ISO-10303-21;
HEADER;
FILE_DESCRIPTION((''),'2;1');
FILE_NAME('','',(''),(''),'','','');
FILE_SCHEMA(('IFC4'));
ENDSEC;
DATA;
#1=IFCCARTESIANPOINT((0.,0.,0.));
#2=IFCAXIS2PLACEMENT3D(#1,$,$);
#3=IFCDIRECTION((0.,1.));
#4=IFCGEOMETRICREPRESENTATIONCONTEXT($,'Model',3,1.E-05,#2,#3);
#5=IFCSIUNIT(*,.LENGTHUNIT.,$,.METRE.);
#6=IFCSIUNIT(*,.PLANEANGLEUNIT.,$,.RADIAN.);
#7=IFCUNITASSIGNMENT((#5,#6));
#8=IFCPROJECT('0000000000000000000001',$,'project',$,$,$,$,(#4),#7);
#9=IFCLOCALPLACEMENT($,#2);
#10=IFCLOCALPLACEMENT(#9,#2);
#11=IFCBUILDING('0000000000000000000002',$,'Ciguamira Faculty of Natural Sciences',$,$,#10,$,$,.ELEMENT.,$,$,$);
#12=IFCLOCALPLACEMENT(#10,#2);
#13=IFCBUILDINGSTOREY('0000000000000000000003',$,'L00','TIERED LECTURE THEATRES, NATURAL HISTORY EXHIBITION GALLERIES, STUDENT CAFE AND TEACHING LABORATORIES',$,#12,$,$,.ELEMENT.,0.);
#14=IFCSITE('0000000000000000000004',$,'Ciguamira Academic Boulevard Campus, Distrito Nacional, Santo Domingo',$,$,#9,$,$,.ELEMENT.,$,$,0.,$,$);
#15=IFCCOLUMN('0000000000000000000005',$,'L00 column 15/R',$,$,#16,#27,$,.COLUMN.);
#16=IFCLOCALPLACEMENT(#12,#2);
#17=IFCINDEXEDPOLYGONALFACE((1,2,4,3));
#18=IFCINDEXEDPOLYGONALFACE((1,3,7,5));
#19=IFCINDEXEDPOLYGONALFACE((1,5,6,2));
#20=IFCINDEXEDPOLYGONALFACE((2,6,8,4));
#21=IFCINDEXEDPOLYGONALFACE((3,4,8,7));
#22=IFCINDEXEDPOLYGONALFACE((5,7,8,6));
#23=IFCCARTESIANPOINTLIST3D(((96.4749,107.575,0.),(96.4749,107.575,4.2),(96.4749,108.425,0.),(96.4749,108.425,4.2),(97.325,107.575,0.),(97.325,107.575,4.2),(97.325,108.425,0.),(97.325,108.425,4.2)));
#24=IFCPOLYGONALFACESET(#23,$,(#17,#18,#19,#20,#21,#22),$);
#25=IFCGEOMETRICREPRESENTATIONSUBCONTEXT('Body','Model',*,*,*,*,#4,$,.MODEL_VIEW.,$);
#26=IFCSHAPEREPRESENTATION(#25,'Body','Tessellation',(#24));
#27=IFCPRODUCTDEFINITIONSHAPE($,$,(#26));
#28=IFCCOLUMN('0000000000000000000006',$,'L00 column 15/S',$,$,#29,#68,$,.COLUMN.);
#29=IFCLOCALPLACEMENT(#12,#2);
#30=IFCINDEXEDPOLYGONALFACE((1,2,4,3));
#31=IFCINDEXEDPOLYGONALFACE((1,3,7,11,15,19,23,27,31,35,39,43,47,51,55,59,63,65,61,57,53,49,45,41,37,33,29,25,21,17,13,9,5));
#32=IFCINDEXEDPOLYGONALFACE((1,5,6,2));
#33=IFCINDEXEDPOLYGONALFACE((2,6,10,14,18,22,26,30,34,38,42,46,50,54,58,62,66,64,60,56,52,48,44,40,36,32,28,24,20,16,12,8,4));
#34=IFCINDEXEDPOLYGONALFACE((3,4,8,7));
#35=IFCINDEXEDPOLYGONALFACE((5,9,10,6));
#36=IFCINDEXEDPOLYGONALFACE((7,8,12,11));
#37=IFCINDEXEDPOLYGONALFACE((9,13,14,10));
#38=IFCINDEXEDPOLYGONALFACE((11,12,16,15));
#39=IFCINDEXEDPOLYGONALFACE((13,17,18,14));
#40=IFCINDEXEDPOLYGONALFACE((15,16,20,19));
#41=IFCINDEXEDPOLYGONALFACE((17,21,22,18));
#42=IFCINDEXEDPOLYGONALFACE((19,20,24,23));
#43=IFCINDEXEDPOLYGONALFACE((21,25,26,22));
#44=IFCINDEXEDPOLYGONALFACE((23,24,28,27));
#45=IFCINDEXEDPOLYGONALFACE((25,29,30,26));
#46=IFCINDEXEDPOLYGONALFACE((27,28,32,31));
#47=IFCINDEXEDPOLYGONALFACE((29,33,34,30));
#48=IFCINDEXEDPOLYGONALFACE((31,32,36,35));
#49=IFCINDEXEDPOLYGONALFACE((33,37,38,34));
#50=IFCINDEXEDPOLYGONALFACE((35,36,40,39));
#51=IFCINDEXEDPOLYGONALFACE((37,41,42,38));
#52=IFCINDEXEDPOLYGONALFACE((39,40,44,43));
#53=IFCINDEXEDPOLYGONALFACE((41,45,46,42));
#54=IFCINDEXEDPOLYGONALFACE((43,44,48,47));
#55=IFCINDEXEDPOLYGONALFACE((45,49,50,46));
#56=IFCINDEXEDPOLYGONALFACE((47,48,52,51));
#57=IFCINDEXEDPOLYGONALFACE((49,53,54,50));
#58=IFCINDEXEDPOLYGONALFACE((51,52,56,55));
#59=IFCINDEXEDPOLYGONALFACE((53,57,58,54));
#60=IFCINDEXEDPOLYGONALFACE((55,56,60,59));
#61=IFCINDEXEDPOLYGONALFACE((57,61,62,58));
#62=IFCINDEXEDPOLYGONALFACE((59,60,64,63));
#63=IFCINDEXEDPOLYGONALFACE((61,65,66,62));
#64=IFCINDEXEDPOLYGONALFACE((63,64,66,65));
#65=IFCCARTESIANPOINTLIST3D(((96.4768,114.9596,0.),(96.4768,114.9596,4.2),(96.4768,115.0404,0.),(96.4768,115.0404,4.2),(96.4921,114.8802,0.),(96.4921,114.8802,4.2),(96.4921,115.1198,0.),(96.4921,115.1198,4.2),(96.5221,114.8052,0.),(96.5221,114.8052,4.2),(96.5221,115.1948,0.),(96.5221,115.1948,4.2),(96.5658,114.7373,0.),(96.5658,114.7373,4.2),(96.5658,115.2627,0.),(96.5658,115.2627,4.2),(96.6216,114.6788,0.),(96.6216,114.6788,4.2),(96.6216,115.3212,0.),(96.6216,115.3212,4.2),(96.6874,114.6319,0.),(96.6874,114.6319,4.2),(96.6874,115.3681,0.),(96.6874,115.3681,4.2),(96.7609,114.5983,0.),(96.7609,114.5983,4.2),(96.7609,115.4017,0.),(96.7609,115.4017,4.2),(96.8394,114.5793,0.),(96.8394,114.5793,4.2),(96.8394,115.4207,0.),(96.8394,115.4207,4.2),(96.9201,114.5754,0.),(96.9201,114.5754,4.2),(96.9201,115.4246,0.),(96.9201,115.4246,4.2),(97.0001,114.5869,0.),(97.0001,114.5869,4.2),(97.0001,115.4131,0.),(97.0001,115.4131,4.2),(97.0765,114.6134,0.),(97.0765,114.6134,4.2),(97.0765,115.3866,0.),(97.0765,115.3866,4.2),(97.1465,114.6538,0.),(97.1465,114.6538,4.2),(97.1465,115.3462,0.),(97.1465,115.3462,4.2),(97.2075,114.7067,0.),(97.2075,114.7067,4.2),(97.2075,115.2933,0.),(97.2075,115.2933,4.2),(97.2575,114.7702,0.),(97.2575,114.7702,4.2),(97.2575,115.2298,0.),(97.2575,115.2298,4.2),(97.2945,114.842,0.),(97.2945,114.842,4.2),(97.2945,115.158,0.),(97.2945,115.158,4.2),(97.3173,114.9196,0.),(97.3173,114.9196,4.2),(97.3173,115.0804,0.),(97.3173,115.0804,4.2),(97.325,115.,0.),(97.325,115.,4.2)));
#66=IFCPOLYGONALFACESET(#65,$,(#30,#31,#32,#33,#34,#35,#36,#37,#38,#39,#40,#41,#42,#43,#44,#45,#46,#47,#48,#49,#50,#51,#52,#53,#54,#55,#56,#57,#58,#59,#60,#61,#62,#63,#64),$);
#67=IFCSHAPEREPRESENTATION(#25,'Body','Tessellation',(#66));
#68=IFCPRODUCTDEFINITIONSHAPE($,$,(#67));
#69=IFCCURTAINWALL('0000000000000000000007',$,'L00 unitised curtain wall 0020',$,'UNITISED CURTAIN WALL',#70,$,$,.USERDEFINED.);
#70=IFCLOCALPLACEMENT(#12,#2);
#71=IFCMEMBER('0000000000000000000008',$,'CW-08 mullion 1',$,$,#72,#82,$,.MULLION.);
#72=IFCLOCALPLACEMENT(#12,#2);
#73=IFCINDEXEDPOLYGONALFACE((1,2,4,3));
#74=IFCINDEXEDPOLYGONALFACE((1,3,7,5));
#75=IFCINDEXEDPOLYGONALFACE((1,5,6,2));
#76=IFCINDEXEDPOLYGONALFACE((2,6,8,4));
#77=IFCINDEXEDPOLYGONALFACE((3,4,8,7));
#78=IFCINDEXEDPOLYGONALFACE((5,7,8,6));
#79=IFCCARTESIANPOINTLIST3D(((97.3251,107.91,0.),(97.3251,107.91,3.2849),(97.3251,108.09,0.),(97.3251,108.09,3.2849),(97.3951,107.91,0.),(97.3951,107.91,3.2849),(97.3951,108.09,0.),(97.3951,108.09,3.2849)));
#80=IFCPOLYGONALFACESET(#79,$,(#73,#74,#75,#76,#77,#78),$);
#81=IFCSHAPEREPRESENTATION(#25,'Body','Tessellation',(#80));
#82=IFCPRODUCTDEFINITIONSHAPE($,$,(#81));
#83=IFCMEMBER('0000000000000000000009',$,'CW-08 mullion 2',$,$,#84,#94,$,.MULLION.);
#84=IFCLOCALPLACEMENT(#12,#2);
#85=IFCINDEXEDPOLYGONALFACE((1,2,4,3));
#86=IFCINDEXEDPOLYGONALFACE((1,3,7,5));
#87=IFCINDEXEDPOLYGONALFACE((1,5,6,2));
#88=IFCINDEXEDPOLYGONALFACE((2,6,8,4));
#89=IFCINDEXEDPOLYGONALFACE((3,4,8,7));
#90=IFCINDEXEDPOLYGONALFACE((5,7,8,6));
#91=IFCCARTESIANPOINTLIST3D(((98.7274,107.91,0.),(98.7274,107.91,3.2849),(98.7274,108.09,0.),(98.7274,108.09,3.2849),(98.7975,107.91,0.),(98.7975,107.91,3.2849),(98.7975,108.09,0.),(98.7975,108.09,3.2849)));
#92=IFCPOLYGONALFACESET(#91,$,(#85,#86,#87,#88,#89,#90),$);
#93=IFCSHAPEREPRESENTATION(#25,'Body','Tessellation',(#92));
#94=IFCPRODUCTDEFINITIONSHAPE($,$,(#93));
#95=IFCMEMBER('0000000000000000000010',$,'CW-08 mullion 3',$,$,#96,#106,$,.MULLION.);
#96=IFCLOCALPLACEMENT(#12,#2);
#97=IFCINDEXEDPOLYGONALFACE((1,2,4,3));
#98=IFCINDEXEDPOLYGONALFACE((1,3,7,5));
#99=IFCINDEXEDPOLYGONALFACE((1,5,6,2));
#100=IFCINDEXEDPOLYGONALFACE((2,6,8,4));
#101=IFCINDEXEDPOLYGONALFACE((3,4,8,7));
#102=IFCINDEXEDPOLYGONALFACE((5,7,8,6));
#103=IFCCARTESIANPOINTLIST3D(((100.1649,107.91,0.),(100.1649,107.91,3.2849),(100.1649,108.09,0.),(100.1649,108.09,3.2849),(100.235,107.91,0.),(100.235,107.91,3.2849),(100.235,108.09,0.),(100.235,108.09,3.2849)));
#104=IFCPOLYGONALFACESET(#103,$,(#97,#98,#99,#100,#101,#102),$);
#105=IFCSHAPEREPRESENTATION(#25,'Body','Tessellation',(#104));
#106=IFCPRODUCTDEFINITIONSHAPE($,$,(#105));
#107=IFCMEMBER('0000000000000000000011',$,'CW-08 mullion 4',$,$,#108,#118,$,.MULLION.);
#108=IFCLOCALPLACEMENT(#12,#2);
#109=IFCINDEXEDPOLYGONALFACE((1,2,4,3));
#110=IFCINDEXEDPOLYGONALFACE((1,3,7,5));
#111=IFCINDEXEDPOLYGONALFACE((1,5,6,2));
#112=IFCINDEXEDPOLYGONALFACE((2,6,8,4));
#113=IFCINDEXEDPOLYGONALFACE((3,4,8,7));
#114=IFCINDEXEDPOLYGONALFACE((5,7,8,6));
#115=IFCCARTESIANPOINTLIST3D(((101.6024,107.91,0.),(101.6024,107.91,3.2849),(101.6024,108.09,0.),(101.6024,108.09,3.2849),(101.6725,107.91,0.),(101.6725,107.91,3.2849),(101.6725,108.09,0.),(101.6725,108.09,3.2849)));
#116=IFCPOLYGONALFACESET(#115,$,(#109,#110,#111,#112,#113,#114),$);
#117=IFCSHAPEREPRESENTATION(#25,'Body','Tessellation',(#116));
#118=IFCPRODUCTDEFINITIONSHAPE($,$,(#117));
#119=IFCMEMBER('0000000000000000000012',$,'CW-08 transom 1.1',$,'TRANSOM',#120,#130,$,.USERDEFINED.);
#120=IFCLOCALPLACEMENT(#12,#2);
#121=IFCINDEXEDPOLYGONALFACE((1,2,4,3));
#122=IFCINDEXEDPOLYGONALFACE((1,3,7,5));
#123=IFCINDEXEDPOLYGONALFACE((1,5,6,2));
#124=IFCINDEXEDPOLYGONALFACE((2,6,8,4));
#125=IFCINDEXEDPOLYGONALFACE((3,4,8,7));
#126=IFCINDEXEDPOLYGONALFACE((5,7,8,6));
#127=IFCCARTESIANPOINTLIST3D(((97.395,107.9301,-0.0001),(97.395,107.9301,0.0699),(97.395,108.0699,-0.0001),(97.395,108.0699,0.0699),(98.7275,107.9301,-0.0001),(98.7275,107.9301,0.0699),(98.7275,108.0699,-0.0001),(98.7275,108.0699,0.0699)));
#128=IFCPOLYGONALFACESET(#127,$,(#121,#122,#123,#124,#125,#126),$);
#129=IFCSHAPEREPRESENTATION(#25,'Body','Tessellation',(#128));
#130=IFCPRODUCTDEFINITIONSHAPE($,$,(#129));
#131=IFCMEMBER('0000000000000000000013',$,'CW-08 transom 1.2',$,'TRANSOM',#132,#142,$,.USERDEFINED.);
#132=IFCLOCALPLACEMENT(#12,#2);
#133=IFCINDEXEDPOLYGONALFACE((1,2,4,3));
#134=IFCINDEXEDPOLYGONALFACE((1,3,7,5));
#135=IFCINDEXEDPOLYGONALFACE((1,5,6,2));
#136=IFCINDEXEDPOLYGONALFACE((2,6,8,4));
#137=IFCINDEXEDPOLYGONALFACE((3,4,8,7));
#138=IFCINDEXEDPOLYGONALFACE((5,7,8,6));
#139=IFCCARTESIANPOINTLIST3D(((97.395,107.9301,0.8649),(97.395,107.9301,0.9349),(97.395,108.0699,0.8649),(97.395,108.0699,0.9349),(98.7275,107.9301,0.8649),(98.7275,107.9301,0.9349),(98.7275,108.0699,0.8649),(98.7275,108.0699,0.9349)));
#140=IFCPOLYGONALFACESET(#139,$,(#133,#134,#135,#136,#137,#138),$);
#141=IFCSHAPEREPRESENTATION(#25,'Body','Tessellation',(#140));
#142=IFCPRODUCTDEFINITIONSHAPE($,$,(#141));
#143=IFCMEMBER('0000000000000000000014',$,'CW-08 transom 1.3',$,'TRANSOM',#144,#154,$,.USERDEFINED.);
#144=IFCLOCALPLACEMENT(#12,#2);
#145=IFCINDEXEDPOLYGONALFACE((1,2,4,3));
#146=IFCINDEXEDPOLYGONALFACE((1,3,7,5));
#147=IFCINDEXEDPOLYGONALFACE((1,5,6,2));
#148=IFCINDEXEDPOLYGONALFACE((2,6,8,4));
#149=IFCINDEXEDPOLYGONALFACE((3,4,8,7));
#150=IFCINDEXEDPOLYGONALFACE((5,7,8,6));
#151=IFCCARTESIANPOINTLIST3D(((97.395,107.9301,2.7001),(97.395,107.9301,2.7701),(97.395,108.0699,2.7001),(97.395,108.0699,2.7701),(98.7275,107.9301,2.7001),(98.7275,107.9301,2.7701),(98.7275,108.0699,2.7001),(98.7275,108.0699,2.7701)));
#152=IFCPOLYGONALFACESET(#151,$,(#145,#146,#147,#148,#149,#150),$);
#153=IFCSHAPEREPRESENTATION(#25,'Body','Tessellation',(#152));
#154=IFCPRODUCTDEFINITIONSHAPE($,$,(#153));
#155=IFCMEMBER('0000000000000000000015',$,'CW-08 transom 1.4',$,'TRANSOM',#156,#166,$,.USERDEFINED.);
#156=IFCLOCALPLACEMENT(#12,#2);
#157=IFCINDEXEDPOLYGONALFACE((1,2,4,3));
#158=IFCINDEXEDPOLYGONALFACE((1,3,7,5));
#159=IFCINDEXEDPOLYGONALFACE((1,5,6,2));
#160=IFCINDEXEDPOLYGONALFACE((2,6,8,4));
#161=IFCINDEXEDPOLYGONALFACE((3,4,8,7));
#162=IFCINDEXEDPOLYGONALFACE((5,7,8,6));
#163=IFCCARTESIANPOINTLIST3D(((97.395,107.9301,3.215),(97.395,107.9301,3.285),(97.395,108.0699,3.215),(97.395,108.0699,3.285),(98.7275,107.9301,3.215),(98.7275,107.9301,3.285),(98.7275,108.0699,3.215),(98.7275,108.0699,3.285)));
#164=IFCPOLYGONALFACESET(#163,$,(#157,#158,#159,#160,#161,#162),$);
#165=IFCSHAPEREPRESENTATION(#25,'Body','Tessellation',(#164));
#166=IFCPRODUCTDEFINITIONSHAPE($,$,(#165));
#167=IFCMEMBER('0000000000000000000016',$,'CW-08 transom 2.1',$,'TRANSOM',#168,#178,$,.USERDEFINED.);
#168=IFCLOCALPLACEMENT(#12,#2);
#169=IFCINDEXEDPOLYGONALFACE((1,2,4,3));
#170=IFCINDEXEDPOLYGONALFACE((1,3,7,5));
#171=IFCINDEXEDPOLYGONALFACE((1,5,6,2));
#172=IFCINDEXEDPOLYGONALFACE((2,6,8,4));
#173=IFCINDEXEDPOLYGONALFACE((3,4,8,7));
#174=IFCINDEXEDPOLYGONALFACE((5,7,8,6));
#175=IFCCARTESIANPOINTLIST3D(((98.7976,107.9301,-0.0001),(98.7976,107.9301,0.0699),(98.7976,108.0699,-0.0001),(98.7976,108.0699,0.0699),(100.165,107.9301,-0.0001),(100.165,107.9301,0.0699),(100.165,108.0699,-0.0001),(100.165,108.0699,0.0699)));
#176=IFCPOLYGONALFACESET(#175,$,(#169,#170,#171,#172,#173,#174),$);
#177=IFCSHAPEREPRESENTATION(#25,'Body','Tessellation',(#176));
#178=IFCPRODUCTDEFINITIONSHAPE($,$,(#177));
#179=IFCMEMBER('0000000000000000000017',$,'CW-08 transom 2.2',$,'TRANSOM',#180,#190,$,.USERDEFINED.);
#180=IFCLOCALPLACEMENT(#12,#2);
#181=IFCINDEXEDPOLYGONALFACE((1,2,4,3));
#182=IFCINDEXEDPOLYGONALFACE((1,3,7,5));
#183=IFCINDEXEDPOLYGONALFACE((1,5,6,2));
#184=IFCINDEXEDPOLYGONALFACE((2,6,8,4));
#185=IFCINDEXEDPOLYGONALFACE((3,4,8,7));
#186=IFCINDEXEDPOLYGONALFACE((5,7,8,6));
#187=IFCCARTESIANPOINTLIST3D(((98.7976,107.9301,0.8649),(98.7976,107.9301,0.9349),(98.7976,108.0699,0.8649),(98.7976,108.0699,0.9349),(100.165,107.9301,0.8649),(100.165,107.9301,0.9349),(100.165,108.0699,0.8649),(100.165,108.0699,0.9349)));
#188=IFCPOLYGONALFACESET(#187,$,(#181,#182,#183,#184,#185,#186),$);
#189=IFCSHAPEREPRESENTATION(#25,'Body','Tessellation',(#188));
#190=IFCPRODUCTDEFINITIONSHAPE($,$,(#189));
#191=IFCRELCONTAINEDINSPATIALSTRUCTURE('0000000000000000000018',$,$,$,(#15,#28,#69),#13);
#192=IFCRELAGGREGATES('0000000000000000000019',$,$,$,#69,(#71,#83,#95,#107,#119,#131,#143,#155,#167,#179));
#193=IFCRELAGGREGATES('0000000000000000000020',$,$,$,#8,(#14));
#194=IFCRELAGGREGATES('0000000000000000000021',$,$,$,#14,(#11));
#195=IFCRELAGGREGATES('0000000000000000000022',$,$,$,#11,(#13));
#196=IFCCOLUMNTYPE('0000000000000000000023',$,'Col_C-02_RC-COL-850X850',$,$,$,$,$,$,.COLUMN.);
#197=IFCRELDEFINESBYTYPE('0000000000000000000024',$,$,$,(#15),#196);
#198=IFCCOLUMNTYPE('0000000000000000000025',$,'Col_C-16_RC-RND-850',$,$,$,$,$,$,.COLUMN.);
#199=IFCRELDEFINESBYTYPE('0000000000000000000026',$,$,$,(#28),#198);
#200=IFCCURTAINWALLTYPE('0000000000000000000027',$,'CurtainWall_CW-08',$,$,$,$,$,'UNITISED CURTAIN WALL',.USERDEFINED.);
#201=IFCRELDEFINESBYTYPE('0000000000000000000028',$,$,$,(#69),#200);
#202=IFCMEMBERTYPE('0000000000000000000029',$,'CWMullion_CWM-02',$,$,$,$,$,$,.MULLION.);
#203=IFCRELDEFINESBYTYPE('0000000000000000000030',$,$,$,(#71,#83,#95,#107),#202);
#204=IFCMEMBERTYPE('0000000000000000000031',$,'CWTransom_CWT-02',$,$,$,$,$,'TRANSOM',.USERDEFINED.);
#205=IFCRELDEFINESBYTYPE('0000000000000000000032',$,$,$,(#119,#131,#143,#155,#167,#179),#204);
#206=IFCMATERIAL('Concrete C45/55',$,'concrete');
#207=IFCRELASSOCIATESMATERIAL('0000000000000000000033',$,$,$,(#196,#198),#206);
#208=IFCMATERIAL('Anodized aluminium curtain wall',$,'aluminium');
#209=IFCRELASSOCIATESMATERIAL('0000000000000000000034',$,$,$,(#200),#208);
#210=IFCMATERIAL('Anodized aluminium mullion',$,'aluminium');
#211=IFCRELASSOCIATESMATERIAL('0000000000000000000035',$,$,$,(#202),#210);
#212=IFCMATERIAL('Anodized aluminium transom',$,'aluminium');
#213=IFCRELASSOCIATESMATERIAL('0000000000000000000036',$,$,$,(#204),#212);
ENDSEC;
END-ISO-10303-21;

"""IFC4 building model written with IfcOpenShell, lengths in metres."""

from ifc_helpers import new_model, si_unit, direction, frame, origin, origin_2d, place, context, subcontext, project, spatial, rectangle, circle, extrude, material, material_profile, profile_set, type_object, element, aggregate, save


model = new_model("IFC4")

# Units and contexts
model_context = context("Model", 3, precision=1e-05, world=origin(), true_north=direction((0.0, 1.0)))
body_context = subcontext(model_context, "Body", "Model", "MODEL_VIEW")
ifc_project = project(units=[si_unit("LENGTHUNIT", "METRE"), si_unit("PLANEANGLEUNIT", "RADIAN")], contexts=[model_context])

# Site, building, storey
site_placement = place(None, origin())
site = spatial("IfcSite", under=ifc_project, at=site_placement, Name="Ciguamira Academic Boulevard Campus, Distrito Nacional, Santo Domingo", CompositionType="ELEMENT", RefElevation=0.0)
building_placement = place(site_placement, origin())
building = spatial("IfcBuilding", under=site, at=building_placement, Name="Ciguamira Faculty of Natural Sciences", CompositionType="ELEMENT")
storey_placement = place(building_placement, origin())
storey = spatial("IfcBuildingStorey", under=building, at=storey_placement, Name="L00", Description="TIERED LECTURE THEATRES, NATURAL HISTORY EXHIBITION GALLERIES, STUDENT CAFE AND TEACHING LABORATORIES", CompositionType="ELEMENT", Elevation=0.0)

# Columns
ifc_material_1 = material(Name="Concrete C45/55", Category="concrete")
ifc_material_profile_1 = material_profile(ifc_material_1, rectangle(XDim=0.8501, YDim=0.8501, at=origin_2d()), Name="RC-COL-850X850")
ifc_profile_set_1 = profile_set([ifc_material_profile_1], Name="Concrete C45/55")
column_type_1 = type_object("IfcColumnType", Name="Col_C-02_RC-COL-850X850", PredefinedType="COLUMN", material=ifc_profile_set_1)
column_1_placement = place(storey_placement, frame((96.8999, 108.0, 0.0), z_axis=(0.0, 0.0, 1.0), x_axis=(1.0, 0.0, 0.0)))
element("IfcColumn", 1, at=column_1_placement, inside=storey, type_object=column_type_1, Name="L00 column 15/R", PredefinedType="COLUMN", context=body_context, shape_type="SweptSolid", body=[
    extrude(rectangle(XDim=0.8501, YDim=0.8501, at=origin_2d()), origin(), (0.0, 0.0, 1.0), 4.2),
])
ifc_material_profile_2 = material_profile(ifc_material_1, circle(Radius=0.425, at=origin_2d()), Name="RC-RND-850")
ifc_profile_set_2 = profile_set([ifc_material_profile_2], Name="Concrete C45/55")
column_type_2 = type_object("IfcColumnType", Name="Col_C-16_RC-RND-850", PredefinedType="COLUMN", material=ifc_profile_set_2)
column_2_placement = place(storey_placement, frame((96.8999, 115.0, 0.0), z_axis=(0.0, 0.0, 1.0), x_axis=(1.0, 0.0, 0.0)))
element("IfcColumn", 2, at=column_2_placement, inside=storey, type_object=column_type_2, Name="L00 column 15/S", PredefinedType="COLUMN", context=body_context, shape_type="SweptSolid", body=[
    extrude(circle(Radius=0.425, at=origin_2d()), origin(), (0.0, 0.0, 1.0), 4.2),
])

# Curtain wall, members
ifc_material_2 = material(Name="Anodized aluminium curtain wall", Category="aluminium")
curtain_wall_type = type_object("IfcCurtainWallType", Name="CurtainWall_CW-08", ElementType="UNITISED CURTAIN WALL", PredefinedType="USERDEFINED", material=ifc_material_2)
curtain_wall_placement = place(storey_placement, origin())
curtain_wall = element("IfcCurtainWall", 3, at=curtain_wall_placement, inside=storey, type_object=curtain_wall_type, Name="L00 unitised curtain wall 0020", ObjectType="UNITISED CURTAIN WALL", PredefinedType="USERDEFINED")
ifc_material_3 = material(Name="Anodized aluminium mullion", Category="aluminium")
ifc_material_profile_3 = material_profile(ifc_material_3, rectangle(XDim=0.0701, YDim=0.1799, at=origin_2d()), Name="ALU-MUL-70X180")
ifc_profile_set_3 = profile_set([ifc_material_profile_3], Name="Anodized aluminium mullion")
member_type_1 = type_object("IfcMemberType", Name="CWMullion_CWM-02", PredefinedType="MULLION", material=ifc_profile_set_3)
member_1_placement = place(storey_placement, frame((97.3601, 108.0, 0.0), z_axis=(0.0, 0.0, 1.0), x_axis=(1.0, 0.0, 0.0)))
member_1 = element("IfcMember", 4, at=member_1_placement, type_object=member_type_1, Name="CW-08 mullion 1", PredefinedType="MULLION", context=body_context, shape_type="SweptSolid", body=[
    extrude(rectangle(XDim=0.0701, YDim=0.1799, at=origin_2d()), origin(), (0.0, 0.0, 1.0), 3.2849),
])
member_2_placement = place(storey_placement, frame((98.7625, 108.0, 0.0), z_axis=(0.0, 0.0, 1.0), x_axis=(1.0, 0.0, 0.0)))
member_2 = element("IfcMember", 5, at=member_2_placement, type_object=member_type_1, Name="CW-08 mullion 2", PredefinedType="MULLION", context=body_context, shape_type="SweptSolid", body=[
    extrude(rectangle(XDim=0.0701, YDim=0.1799, at=origin_2d()), origin(), (0.0, 0.0, 1.0), 3.2849),
])
member_3_placement = place(storey_placement, frame((100.2, 108.0, 0.0), z_axis=(0.0, 0.0, 1.0), x_axis=(1.0, 0.0, 0.0)))
member_3 = element("IfcMember", 6, at=member_3_placement, type_object=member_type_1, Name="CW-08 mullion 3", PredefinedType="MULLION", context=body_context, shape_type="SweptSolid", body=[
    extrude(rectangle(XDim=0.0701, YDim=0.1799, at=origin_2d()), origin(), (0.0, 0.0, 1.0), 3.2849),
])
member_4_placement = place(storey_placement, frame((101.6375, 108.0, 0.0), z_axis=(0.0, 0.0, 1.0), x_axis=(1.0, 0.0, 0.0)))
member_4 = element("IfcMember", 7, at=member_4_placement, type_object=member_type_1, Name="CW-08 mullion 4", PredefinedType="MULLION", context=body_context, shape_type="SweptSolid", body=[
    extrude(rectangle(XDim=0.0701, YDim=0.1799, at=origin_2d()), origin(), (0.0, 0.0, 1.0), 3.2849),
])
ifc_material_4 = material(Name="Anodized aluminium transom", Category="aluminium")
ifc_material_profile_4 = material_profile(ifc_material_4, rectangle(XDim=0.0701, YDim=0.1399, at=origin_2d()), Name="ALU-TRN-70X140")
ifc_profile_set_4 = profile_set([ifc_material_profile_4], Name="Anodized aluminium transom")
member_type_2 = type_object("IfcMemberType", Name="CWTransom_CWT-02", ElementType="TRANSOM", PredefinedType="USERDEFINED", material=ifc_profile_set_4)
member_5_placement = place(storey_placement, frame((97.395, 108.0, 0.0349), z_axis=(1.0, 0.0, 0.0), x_axis=(0.0, 0.0, 1.0)))
member_5 = element("IfcMember", 8, at=member_5_placement, type_object=member_type_2, Name="CW-08 transom 1.1", ObjectType="TRANSOM", PredefinedType="USERDEFINED", context=body_context, shape_type="SweptSolid", body=[
    extrude(rectangle(XDim=0.0701, YDim=0.1399, at=origin_2d()), origin(), (0.0, 0.0, 1.0), 1.3325),
])
member_6_placement = place(storey_placement, frame((97.395, 108.0, 0.8999), z_axis=(1.0, 0.0, 0.0), x_axis=(0.0, 0.0, 1.0)))
member_6 = element("IfcMember", 9, at=member_6_placement, type_object=member_type_2, Name="CW-08 transom 1.2", ObjectType="TRANSOM", PredefinedType="USERDEFINED", context=body_context, shape_type="SweptSolid", body=[
    extrude(rectangle(XDim=0.0701, YDim=0.1399, at=origin_2d()), origin(), (0.0, 0.0, 1.0), 1.3325),
])
member_7_placement = place(storey_placement, frame((97.395, 108.0, 2.7351), z_axis=(1.0, 0.0, 0.0), x_axis=(0.0, 0.0, 1.0)))
member_7 = element("IfcMember", 10, at=member_7_placement, type_object=member_type_2, Name="CW-08 transom 1.3", ObjectType="TRANSOM", PredefinedType="USERDEFINED", context=body_context, shape_type="SweptSolid", body=[
    extrude(rectangle(XDim=0.0701, YDim=0.1399, at=origin_2d()), origin(), (0.0, 0.0, 1.0), 1.3325),
])
member_8_placement = place(storey_placement, frame((97.395, 108.0, 3.25), z_axis=(1.0, 0.0, 0.0), x_axis=(0.0, 0.0, 1.0)))
member_8 = element("IfcMember", 11, at=member_8_placement, type_object=member_type_2, Name="CW-08 transom 1.4", ObjectType="TRANSOM", PredefinedType="USERDEFINED", context=body_context, shape_type="SweptSolid", body=[
    extrude(rectangle(XDim=0.0701, YDim=0.1399, at=origin_2d()), origin(), (0.0, 0.0, 1.0), 1.3325),
])
member_9_placement = place(storey_placement, frame((98.7976, 108.0, 0.0349), z_axis=(1.0, 0.0, 0.0), x_axis=(0.0, 0.0, 1.0)))
member_9 = element("IfcMember", 12, at=member_9_placement, type_object=member_type_2, Name="CW-08 transom 2.1", ObjectType="TRANSOM", PredefinedType="USERDEFINED", context=body_context, shape_type="SweptSolid", body=[
    extrude(rectangle(XDim=0.0701, YDim=0.1399, at=origin_2d()), origin(), (0.0, 0.0, 1.0), 1.3674),
])
member_10_placement = place(storey_placement, frame((98.7976, 108.0, 0.8999), z_axis=(1.0, 0.0, 0.0), x_axis=(0.0, 0.0, 1.0)))
member_10 = element("IfcMember", 13, at=member_10_placement, type_object=member_type_2, Name="CW-08 transom 2.2", ObjectType="TRANSOM", PredefinedType="USERDEFINED", context=body_context, shape_type="SweptSolid", body=[
    extrude(rectangle(XDim=0.0701, YDim=0.1399, at=origin_2d()), origin(), (0.0, 0.0, 1.0), 1.3674),
])

aggregate(curtain_wall, [member_1, member_2, member_3, member_4, member_5, member_6, member_7, member_8, member_9, member_10])

save(model, "model.ifc")
